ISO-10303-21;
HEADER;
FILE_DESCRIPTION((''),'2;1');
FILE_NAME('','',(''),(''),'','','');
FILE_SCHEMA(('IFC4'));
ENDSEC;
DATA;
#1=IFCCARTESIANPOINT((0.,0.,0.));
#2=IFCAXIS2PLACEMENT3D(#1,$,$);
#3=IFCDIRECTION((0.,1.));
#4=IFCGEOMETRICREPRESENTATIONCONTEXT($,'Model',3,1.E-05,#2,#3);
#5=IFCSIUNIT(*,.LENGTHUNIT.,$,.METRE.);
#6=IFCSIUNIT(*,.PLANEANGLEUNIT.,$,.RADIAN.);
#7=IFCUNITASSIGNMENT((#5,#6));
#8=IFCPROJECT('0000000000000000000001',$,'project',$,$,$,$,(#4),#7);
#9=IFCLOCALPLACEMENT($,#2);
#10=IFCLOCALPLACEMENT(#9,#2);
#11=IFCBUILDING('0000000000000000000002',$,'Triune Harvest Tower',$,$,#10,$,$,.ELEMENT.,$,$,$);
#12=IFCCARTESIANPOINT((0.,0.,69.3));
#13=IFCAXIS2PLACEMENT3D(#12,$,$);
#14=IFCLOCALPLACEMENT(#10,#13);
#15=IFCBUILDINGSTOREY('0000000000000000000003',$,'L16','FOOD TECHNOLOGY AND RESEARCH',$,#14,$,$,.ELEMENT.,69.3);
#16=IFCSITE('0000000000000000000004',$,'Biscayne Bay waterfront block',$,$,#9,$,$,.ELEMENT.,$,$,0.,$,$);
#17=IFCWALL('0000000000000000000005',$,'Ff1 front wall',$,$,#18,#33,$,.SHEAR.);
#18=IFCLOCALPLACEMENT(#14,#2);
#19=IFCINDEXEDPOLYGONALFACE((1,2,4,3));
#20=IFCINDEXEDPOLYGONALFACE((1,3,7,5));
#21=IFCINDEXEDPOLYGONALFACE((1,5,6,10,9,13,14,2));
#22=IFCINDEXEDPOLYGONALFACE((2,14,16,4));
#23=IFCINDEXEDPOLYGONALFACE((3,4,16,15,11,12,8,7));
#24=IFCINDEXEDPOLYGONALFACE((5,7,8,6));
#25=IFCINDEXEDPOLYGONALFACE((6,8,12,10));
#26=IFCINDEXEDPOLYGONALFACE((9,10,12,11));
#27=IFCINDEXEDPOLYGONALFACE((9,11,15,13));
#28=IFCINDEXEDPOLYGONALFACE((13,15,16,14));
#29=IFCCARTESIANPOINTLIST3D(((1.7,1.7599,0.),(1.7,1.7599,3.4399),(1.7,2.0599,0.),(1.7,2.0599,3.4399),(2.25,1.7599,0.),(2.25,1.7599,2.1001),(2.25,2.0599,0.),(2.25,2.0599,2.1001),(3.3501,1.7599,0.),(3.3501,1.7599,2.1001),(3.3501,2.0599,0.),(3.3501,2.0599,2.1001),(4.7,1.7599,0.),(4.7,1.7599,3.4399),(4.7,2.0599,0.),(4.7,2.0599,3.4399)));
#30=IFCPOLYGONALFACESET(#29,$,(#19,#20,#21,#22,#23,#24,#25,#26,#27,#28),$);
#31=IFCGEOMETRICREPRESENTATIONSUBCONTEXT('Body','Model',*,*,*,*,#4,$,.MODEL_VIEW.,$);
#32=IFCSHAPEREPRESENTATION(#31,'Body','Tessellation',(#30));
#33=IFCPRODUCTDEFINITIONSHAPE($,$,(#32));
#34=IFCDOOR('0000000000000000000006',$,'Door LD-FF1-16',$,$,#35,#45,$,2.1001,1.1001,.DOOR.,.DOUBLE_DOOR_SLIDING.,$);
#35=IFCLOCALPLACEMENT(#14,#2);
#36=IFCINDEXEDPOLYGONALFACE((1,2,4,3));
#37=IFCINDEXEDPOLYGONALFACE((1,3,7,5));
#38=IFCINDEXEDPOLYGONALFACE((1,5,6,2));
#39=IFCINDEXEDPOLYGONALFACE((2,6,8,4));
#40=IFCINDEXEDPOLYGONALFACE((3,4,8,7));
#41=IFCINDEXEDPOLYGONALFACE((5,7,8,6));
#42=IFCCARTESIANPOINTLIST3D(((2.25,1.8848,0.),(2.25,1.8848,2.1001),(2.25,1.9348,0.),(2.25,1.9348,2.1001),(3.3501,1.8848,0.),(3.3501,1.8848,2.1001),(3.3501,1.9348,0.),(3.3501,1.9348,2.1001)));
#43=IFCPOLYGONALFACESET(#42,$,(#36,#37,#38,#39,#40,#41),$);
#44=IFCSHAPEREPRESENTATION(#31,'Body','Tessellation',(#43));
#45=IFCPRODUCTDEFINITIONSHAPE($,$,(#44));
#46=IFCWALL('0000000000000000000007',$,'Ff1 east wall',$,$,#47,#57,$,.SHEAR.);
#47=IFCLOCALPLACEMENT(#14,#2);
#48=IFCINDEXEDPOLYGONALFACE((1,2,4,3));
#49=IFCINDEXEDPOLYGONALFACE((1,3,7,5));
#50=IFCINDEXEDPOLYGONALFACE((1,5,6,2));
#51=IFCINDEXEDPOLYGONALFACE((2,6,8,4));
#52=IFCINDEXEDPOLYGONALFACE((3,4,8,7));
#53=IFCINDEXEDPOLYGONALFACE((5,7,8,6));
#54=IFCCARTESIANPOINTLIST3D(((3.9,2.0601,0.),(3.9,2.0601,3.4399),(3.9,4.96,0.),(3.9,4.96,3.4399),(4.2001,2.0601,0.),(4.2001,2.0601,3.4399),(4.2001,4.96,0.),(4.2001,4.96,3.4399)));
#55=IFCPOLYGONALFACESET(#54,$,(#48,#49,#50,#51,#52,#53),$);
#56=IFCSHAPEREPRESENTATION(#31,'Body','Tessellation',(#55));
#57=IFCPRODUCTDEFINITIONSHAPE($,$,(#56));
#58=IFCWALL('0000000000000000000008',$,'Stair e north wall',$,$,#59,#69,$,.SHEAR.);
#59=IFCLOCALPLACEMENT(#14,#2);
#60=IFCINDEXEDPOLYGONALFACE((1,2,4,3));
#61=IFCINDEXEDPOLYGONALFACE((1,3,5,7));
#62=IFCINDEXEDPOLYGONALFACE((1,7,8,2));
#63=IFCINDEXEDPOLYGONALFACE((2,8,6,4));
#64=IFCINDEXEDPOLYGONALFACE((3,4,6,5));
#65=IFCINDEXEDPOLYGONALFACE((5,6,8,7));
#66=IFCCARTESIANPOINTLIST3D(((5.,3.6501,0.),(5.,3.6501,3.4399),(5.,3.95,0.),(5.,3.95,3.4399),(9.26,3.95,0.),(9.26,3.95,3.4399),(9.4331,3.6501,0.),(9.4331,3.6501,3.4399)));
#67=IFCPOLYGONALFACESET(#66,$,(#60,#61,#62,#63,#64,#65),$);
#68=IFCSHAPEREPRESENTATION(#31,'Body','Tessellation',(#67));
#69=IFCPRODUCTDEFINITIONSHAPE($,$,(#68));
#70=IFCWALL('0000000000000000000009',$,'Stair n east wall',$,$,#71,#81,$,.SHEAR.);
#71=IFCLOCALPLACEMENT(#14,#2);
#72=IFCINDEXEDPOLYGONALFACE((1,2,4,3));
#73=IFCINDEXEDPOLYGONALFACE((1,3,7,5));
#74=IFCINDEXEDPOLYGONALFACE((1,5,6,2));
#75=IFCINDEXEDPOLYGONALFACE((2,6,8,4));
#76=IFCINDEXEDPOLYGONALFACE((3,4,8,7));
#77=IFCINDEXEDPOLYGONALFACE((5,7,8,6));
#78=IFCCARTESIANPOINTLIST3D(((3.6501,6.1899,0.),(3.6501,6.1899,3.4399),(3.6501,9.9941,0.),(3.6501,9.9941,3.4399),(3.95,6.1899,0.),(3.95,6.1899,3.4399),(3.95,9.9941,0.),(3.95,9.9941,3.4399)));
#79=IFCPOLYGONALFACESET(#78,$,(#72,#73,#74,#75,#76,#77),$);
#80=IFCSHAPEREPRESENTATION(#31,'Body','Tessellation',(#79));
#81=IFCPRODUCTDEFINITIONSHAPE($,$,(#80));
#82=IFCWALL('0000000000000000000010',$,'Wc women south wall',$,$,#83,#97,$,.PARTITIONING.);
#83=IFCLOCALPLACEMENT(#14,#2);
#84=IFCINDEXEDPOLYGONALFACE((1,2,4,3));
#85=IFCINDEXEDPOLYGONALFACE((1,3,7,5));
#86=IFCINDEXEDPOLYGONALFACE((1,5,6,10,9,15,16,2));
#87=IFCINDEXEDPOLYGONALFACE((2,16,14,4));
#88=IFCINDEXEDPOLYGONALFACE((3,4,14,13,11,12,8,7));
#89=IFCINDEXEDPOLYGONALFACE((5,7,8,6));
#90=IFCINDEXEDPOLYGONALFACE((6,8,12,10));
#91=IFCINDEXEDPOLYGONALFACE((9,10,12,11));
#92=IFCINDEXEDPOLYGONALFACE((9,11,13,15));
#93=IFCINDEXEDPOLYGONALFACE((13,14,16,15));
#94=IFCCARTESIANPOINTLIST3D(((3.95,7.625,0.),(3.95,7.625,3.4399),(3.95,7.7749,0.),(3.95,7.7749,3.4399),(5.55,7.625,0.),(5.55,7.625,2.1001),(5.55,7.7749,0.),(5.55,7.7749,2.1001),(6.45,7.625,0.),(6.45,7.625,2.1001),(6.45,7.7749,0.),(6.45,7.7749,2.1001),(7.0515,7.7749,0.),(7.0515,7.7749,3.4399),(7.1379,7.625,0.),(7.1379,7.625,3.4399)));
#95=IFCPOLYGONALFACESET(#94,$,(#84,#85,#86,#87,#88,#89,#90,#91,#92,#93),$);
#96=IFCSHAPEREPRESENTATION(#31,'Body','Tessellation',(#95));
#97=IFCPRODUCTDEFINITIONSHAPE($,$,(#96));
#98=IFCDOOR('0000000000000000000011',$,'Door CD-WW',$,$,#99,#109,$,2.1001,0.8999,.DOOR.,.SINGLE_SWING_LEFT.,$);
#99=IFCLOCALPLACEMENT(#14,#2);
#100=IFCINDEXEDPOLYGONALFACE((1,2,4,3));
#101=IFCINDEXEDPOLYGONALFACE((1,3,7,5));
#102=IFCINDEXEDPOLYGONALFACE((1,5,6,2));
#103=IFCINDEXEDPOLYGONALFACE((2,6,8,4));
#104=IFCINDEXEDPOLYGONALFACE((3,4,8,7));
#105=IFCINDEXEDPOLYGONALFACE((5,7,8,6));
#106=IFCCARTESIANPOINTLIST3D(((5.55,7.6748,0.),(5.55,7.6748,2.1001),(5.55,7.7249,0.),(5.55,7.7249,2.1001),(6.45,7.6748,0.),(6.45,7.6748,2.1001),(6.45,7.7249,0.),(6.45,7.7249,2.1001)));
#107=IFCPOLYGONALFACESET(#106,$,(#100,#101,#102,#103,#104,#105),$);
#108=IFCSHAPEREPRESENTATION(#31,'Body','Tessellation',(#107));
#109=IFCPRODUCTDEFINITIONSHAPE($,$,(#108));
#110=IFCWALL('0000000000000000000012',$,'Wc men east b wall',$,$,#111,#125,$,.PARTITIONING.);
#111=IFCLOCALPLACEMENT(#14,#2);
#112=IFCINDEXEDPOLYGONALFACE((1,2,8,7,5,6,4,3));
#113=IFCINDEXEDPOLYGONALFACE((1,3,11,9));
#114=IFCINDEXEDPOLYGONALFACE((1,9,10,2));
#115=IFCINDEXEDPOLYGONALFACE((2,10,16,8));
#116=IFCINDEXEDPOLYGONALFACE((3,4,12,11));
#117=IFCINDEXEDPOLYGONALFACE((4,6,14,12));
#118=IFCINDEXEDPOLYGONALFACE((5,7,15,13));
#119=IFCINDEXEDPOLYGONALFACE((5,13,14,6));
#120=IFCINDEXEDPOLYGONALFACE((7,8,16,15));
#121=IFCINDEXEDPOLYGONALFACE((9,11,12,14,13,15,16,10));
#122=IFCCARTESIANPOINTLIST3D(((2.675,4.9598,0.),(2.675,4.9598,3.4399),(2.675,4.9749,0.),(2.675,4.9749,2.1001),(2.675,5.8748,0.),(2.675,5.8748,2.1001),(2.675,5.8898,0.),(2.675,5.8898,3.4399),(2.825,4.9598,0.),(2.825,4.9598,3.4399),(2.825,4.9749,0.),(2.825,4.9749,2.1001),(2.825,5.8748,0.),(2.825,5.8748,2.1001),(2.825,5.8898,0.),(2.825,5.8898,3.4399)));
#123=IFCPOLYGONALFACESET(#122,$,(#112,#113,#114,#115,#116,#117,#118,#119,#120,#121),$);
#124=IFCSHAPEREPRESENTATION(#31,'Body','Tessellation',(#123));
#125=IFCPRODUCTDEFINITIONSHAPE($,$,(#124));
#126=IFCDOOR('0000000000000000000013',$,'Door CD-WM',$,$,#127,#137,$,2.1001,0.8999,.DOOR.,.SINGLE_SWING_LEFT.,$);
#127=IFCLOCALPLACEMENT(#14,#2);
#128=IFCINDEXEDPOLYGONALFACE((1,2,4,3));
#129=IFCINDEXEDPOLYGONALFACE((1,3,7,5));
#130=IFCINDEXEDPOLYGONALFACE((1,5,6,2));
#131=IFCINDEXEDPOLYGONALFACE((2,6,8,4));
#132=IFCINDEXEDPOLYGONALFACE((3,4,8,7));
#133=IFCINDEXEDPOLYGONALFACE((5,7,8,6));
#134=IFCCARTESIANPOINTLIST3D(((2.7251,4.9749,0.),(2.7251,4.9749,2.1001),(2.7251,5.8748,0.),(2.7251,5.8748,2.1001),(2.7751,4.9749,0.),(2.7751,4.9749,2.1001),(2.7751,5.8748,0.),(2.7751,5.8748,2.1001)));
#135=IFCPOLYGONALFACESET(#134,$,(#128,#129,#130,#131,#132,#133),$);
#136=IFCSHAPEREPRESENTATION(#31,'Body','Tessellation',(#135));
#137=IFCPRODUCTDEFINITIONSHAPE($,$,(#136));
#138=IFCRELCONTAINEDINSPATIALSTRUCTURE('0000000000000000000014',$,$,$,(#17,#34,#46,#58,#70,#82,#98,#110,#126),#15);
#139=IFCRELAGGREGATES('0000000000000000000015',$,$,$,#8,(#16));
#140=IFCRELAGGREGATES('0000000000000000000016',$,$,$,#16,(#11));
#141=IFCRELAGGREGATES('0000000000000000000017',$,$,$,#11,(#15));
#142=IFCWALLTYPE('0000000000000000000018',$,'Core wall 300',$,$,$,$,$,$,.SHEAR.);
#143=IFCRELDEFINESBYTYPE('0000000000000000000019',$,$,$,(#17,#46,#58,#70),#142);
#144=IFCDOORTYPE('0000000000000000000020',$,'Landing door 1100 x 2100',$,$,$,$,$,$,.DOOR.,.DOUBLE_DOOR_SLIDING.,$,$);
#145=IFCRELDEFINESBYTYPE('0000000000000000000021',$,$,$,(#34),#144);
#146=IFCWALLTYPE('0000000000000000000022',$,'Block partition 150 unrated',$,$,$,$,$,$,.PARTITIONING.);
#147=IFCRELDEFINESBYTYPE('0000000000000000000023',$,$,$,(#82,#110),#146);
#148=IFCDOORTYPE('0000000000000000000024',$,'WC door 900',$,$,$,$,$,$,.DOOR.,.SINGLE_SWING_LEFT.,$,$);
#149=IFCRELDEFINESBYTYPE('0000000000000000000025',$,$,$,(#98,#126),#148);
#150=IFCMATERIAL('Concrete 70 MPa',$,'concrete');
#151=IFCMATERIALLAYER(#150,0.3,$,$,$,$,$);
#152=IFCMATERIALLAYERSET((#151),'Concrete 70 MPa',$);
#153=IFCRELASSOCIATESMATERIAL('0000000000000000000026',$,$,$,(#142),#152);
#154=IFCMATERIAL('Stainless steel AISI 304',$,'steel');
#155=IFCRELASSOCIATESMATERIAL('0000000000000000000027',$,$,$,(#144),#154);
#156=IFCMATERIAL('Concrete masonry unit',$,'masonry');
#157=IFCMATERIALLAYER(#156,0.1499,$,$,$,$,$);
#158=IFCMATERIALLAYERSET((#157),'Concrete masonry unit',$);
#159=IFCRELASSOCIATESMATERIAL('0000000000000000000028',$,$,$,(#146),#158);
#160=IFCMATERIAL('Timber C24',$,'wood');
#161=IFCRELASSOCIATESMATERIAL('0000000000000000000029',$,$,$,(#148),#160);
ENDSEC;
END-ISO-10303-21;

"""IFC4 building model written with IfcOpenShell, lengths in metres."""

from ifc_helpers import new_model, si_unit, direction, frame, frame_2d, origin, place, context, subcontext, project, spatial, polyline, rectangle, outline, extrude, source, transform, mapped, material, layer, layer_set, type_object, element, fill, save


model = new_model("IFC4")

# Units and contexts
model_context = context("Model", 3, precision=1e-05, world=origin(), true_north=direction((0.0, 1.0)))
body_context = subcontext(model_context, "Body", "Model", "MODEL_VIEW")
ifc_project = project(units=[si_unit("LENGTHUNIT", "METRE"), si_unit("PLANEANGLEUNIT", "RADIAN")], contexts=[model_context])

# Site, building, storey
site_placement = place(None, origin())
site = spatial("IfcSite", under=ifc_project, at=site_placement, Name="Biscayne Bay waterfront block", CompositionType="ELEMENT", RefElevation=0.0)
building_placement = place(site_placement, origin())
building = spatial("IfcBuilding", under=site, at=building_placement, Name="Triune Harvest Tower", CompositionType="ELEMENT")
storey_placement = place(building_placement, frame((0.0, 0.0, 69.3)))
storey = spatial("IfcBuildingStorey", under=building, at=storey_placement, Name="L16", Description="FOOD TECHNOLOGY AND RESEARCH", CompositionType="ELEMENT", Elevation=69.3)

# Shared definitions
ifc_material_1 = material(Name="Concrete 70 MPa", Category="concrete")
ifc_layer_1 = layer(ifc_material_1, 0.3)
ifc_layer_set_1 = layer_set([ifc_layer_1], Name="Concrete 70 MPa")
wall_type_1 = type_object("IfcWallType", Name="Core wall 300", PredefinedType="SHEAR", material=ifc_layer_set_1)

# Wall, opening, door
shared_shape_1 = source(origin(), body_context, "Body", "SweptSolid", [
    extrude(rectangle(XDim=3.0, YDim=0.3, at=frame_2d((1.5, 0.0))), origin(), (0.0, 0.0, 1.0), 3.4399),
])
wall_1_placement = place(storey_placement, frame((1.7, 1.9099, 0.0), z_axis=(0.0, 0.0, 1.0), x_axis=(1.0, 0.0, 0.0)))
wall_1 = element("IfcWall", 1, at=wall_1_placement, inside=storey, type_object=wall_type_1, Name="Ff1 front wall", PredefinedType="SHEAR", context=body_context, shape_type="MappedRepresentation", body=[
    mapped(shared_shape_1, transform((0.0, 0.0, 0.0), scale=1.0)),
])
opening_1_placement = place(wall_1_placement, frame((0.55, 0.0, 0.0)))
opening_1 = element("IfcOpeningElement", 2, at=opening_1_placement, cuts=wall_1, PredefinedType="OPENING", context=body_context, shape_type="SweptSolid", body=[
    extrude(rectangle(XDim=1.1001, YDim=2.1001, at=frame_2d((0.55, 1.05))), frame((0.0, 0.1602, 0.0), z_axis=(0.0, -1.0, 0.0), x_axis=(1.0, 0.0, 0.0)), (0.0, 0.0, 1.0), 0.3201),
])
ifc_material_2 = material(Name="Stainless steel AISI 304", Category="steel")
door_type_1 = type_object("IfcDoorType", Name="Landing door 1100 x 2100", OperationType="DOUBLE_DOOR_SLIDING", PredefinedType="DOOR", material=ifc_material_2)
door_1_placement = place(opening_1_placement, origin())
door_1 = element("IfcDoor", 3, at=door_1_placement, inside=storey, type_object=door_type_1, Name="Door LD-FF1-16", OperationType="DOUBLE_DOOR_SLIDING", OverallHeight=2.1001, OverallWidth=1.1001, PredefinedType="DOOR", context=body_context, shape_type="SweptSolid", body=[
    extrude(rectangle(XDim=1.1001, YDim=2.1001, at=frame_2d((0.55, 1.05))), frame((0.0, 0.0249, 0.0), z_axis=(0.0, -1.0, 0.0), x_axis=(1.0, 0.0, 0.0)), (0.0, 0.0, 1.0), 0.05),
])
fill(opening_1, door_1)

# Walls
shared_shape_2 = source(origin(), body_context, "Body", "SweptSolid", [
    extrude(rectangle(XDim=2.8999, YDim=0.3, at=frame_2d((1.45, 0.0))), origin(), (0.0, 0.0, 1.0), 3.4399),
])
wall_2_placement = place(storey_placement, frame((4.05, 2.0601, 0.0), z_axis=(0.0, 0.0, 1.0), x_axis=(0.0, 1.0, 0.0)))
element("IfcWall", 4, at=wall_2_placement, inside=storey, type_object=wall_type_1, Name="Ff1 east wall", PredefinedType="SHEAR", context=body_context, shape_type="MappedRepresentation", body=[
    mapped(shared_shape_2, transform((0.0, 0.0, 0.0), scale=1.0)),
])
shared_shape_3 = source(origin(), body_context, "Body", "SweptSolid", [
    extrude(outline(polyline([(0.0, -0.1499), (0.0, 0.1499), (4.26, 0.1499), (4.4331, -0.1499), (0.0, -0.1499)])), origin(), (0.0, 0.0, 1.0), 3.4399),
])
wall_3_placement = place(storey_placement, frame((5.0, 3.8, 0.0), z_axis=(0.0, 0.0, 1.0), x_axis=(1.0, 0.0, 0.0)))
element("IfcWall", 5, at=wall_3_placement, inside=storey, type_object=wall_type_1, Name="Stair e north wall", PredefinedType="SHEAR", context=body_context, shape_type="MappedRepresentation", body=[
    mapped(shared_shape_3, transform((0.0, 0.0, 0.0), scale=1.0)),
])
shared_shape_4 = source(origin(), body_context, "Body", "SweptSolid", [
    extrude(outline(polyline([(0.0, -0.1499), (0.0, 0.1499), (3.8042, 0.1499), (3.8042, -0.1499), (0.0, -0.1499)])), origin(), (0.0, 0.0, 1.0), 3.4399),
])
wall_4_placement = place(storey_placement, frame((3.8, 6.1899, 0.0), z_axis=(0.0, 0.0, 1.0), x_axis=(0.0, 1.0, 0.0)))
element("IfcWall", 6, at=wall_4_placement, inside=storey, type_object=wall_type_1, Name="Stair n east wall", PredefinedType="SHEAR", context=body_context, shape_type="MappedRepresentation", body=[
    mapped(shared_shape_4, transform((0.0, 0.0, 0.0), scale=1.0)),
])

# Walls, openings, doors
ifc_material_3 = material(Name="Concrete masonry unit", Category="masonry")
ifc_layer_2 = layer(ifc_material_3, 0.1499)
ifc_layer_set_2 = layer_set([ifc_layer_2], Name="Concrete masonry unit")
wall_type_2 = type_object("IfcWallType", Name="Block partition 150 unrated", PredefinedType="PARTITIONING", material=ifc_layer_set_2)
shared_shape_5 = source(origin(), body_context, "Body", "SweptSolid", [
    extrude(outline(polyline([(0.0, -0.075), (0.0, 0.075), (3.1016, 0.075), (3.188, -0.075), (0.0, -0.075)])), origin(), (0.0, 0.0, 1.0), 3.4399),
])
wall_5_placement = place(storey_placement, frame((3.95, 7.7, 0.0), z_axis=(0.0, 0.0, 1.0), x_axis=(1.0, 0.0, 0.0)))
wall_5 = element("IfcWall", 7, at=wall_5_placement, inside=storey, type_object=wall_type_2, Name="Wc women south wall", PredefinedType="PARTITIONING", context=body_context, shape_type="MappedRepresentation", body=[
    mapped(shared_shape_5, transform((0.0, 0.0, 0.0), scale=1.0)),
])
opening_2_placement = place(wall_5_placement, frame((1.6001, 0.0, 0.0)))
opening_2 = element("IfcOpeningElement", 8, at=opening_2_placement, cuts=wall_5, PredefinedType="OPENING", context=body_context, shape_type="SweptSolid", body=[
    extrude(rectangle(XDim=0.8999, YDim=2.1001, at=frame_2d((0.45, 1.05))), frame((0.0, 0.085, 0.0), z_axis=(0.0, -1.0, 0.0), x_axis=(1.0, 0.0, 0.0)), (0.0, 0.0, 1.0), 0.1699),
])
ifc_material_4 = material(Name="Timber C24", Category="wood")
door_type_2 = type_object("IfcDoorType", Name="WC door 900", OperationType="SINGLE_SWING_LEFT", PredefinedType="DOOR", material=ifc_material_4)
door_2_placement = place(opening_2_placement, origin())
door_2 = element("IfcDoor", 9, at=door_2_placement, inside=storey, type_object=door_type_2, Name="Door CD-WW", OperationType="SINGLE_SWING_LEFT", OverallHeight=2.1001, OverallWidth=0.8999, PredefinedType="DOOR", context=body_context, shape_type="SweptSolid", body=[
    extrude(rectangle(XDim=0.8999, YDim=2.1001, at=frame_2d((0.45, 1.05))), frame((0.0, 0.0249, 0.0), z_axis=(0.0, -1.0, 0.0), x_axis=(1.0, 0.0, 0.0)), (0.0, 0.0, 1.0), 0.05),
])
fill(opening_2, door_2)
shared_shape_6 = source(origin(), body_context, "Body", "SweptSolid", [
    extrude(rectangle(XDim=0.9299, YDim=0.1499, at=frame_2d((0.4648, 0.0))), origin(), (0.0, 0.0, 1.0), 3.4399),
])
wall_6_placement = place(storey_placement, frame((2.75, 4.96, 0.0), z_axis=(0.0, 0.0, 1.0), x_axis=(0.0, 1.0, 0.0)))
wall_6 = element("IfcWall", 10, at=wall_6_placement, inside=storey, type_object=wall_type_2, Name="Wc men east b wall", PredefinedType="PARTITIONING", context=body_context, shape_type="MappedRepresentation", body=[
    mapped(shared_shape_6, transform((0.0, 0.0, 0.0), scale=1.0)),
])
opening_3_placement = place(wall_6_placement, frame((0.0149, 0.0, 0.0)))
opening_3 = element("IfcOpeningElement", 11, at=opening_3_placement, cuts=wall_6, PredefinedType="OPENING", context=body_context, shape_type="SweptSolid", body=[
    extrude(rectangle(XDim=0.8999, YDim=2.1001, at=frame_2d((0.45, 1.05))), frame((0.0, 0.085, 0.0), z_axis=(0.0, -1.0, 0.0), x_axis=(1.0, 0.0, 0.0)), (0.0, 0.0, 1.0), 0.1699),
])
door_3_placement = place(opening_3_placement, origin())
door_3 = element("IfcDoor", 12, at=door_3_placement, inside=storey, type_object=door_type_2, Name="Door CD-WM", OperationType="SINGLE_SWING_LEFT", OverallHeight=2.1001, OverallWidth=0.8999, PredefinedType="DOOR", context=body_context, shape_type="SweptSolid", body=[
    extrude(rectangle(XDim=0.8999, YDim=2.1001, at=frame_2d((0.45, 1.05))), frame((0.0, 0.0249, 0.0), z_axis=(0.0, -1.0, 0.0), x_axis=(1.0, 0.0, 0.0)), (0.0, 0.0, 1.0), 0.05),
])
fill(opening_3, door_3)

save(model, "model.ifc")
